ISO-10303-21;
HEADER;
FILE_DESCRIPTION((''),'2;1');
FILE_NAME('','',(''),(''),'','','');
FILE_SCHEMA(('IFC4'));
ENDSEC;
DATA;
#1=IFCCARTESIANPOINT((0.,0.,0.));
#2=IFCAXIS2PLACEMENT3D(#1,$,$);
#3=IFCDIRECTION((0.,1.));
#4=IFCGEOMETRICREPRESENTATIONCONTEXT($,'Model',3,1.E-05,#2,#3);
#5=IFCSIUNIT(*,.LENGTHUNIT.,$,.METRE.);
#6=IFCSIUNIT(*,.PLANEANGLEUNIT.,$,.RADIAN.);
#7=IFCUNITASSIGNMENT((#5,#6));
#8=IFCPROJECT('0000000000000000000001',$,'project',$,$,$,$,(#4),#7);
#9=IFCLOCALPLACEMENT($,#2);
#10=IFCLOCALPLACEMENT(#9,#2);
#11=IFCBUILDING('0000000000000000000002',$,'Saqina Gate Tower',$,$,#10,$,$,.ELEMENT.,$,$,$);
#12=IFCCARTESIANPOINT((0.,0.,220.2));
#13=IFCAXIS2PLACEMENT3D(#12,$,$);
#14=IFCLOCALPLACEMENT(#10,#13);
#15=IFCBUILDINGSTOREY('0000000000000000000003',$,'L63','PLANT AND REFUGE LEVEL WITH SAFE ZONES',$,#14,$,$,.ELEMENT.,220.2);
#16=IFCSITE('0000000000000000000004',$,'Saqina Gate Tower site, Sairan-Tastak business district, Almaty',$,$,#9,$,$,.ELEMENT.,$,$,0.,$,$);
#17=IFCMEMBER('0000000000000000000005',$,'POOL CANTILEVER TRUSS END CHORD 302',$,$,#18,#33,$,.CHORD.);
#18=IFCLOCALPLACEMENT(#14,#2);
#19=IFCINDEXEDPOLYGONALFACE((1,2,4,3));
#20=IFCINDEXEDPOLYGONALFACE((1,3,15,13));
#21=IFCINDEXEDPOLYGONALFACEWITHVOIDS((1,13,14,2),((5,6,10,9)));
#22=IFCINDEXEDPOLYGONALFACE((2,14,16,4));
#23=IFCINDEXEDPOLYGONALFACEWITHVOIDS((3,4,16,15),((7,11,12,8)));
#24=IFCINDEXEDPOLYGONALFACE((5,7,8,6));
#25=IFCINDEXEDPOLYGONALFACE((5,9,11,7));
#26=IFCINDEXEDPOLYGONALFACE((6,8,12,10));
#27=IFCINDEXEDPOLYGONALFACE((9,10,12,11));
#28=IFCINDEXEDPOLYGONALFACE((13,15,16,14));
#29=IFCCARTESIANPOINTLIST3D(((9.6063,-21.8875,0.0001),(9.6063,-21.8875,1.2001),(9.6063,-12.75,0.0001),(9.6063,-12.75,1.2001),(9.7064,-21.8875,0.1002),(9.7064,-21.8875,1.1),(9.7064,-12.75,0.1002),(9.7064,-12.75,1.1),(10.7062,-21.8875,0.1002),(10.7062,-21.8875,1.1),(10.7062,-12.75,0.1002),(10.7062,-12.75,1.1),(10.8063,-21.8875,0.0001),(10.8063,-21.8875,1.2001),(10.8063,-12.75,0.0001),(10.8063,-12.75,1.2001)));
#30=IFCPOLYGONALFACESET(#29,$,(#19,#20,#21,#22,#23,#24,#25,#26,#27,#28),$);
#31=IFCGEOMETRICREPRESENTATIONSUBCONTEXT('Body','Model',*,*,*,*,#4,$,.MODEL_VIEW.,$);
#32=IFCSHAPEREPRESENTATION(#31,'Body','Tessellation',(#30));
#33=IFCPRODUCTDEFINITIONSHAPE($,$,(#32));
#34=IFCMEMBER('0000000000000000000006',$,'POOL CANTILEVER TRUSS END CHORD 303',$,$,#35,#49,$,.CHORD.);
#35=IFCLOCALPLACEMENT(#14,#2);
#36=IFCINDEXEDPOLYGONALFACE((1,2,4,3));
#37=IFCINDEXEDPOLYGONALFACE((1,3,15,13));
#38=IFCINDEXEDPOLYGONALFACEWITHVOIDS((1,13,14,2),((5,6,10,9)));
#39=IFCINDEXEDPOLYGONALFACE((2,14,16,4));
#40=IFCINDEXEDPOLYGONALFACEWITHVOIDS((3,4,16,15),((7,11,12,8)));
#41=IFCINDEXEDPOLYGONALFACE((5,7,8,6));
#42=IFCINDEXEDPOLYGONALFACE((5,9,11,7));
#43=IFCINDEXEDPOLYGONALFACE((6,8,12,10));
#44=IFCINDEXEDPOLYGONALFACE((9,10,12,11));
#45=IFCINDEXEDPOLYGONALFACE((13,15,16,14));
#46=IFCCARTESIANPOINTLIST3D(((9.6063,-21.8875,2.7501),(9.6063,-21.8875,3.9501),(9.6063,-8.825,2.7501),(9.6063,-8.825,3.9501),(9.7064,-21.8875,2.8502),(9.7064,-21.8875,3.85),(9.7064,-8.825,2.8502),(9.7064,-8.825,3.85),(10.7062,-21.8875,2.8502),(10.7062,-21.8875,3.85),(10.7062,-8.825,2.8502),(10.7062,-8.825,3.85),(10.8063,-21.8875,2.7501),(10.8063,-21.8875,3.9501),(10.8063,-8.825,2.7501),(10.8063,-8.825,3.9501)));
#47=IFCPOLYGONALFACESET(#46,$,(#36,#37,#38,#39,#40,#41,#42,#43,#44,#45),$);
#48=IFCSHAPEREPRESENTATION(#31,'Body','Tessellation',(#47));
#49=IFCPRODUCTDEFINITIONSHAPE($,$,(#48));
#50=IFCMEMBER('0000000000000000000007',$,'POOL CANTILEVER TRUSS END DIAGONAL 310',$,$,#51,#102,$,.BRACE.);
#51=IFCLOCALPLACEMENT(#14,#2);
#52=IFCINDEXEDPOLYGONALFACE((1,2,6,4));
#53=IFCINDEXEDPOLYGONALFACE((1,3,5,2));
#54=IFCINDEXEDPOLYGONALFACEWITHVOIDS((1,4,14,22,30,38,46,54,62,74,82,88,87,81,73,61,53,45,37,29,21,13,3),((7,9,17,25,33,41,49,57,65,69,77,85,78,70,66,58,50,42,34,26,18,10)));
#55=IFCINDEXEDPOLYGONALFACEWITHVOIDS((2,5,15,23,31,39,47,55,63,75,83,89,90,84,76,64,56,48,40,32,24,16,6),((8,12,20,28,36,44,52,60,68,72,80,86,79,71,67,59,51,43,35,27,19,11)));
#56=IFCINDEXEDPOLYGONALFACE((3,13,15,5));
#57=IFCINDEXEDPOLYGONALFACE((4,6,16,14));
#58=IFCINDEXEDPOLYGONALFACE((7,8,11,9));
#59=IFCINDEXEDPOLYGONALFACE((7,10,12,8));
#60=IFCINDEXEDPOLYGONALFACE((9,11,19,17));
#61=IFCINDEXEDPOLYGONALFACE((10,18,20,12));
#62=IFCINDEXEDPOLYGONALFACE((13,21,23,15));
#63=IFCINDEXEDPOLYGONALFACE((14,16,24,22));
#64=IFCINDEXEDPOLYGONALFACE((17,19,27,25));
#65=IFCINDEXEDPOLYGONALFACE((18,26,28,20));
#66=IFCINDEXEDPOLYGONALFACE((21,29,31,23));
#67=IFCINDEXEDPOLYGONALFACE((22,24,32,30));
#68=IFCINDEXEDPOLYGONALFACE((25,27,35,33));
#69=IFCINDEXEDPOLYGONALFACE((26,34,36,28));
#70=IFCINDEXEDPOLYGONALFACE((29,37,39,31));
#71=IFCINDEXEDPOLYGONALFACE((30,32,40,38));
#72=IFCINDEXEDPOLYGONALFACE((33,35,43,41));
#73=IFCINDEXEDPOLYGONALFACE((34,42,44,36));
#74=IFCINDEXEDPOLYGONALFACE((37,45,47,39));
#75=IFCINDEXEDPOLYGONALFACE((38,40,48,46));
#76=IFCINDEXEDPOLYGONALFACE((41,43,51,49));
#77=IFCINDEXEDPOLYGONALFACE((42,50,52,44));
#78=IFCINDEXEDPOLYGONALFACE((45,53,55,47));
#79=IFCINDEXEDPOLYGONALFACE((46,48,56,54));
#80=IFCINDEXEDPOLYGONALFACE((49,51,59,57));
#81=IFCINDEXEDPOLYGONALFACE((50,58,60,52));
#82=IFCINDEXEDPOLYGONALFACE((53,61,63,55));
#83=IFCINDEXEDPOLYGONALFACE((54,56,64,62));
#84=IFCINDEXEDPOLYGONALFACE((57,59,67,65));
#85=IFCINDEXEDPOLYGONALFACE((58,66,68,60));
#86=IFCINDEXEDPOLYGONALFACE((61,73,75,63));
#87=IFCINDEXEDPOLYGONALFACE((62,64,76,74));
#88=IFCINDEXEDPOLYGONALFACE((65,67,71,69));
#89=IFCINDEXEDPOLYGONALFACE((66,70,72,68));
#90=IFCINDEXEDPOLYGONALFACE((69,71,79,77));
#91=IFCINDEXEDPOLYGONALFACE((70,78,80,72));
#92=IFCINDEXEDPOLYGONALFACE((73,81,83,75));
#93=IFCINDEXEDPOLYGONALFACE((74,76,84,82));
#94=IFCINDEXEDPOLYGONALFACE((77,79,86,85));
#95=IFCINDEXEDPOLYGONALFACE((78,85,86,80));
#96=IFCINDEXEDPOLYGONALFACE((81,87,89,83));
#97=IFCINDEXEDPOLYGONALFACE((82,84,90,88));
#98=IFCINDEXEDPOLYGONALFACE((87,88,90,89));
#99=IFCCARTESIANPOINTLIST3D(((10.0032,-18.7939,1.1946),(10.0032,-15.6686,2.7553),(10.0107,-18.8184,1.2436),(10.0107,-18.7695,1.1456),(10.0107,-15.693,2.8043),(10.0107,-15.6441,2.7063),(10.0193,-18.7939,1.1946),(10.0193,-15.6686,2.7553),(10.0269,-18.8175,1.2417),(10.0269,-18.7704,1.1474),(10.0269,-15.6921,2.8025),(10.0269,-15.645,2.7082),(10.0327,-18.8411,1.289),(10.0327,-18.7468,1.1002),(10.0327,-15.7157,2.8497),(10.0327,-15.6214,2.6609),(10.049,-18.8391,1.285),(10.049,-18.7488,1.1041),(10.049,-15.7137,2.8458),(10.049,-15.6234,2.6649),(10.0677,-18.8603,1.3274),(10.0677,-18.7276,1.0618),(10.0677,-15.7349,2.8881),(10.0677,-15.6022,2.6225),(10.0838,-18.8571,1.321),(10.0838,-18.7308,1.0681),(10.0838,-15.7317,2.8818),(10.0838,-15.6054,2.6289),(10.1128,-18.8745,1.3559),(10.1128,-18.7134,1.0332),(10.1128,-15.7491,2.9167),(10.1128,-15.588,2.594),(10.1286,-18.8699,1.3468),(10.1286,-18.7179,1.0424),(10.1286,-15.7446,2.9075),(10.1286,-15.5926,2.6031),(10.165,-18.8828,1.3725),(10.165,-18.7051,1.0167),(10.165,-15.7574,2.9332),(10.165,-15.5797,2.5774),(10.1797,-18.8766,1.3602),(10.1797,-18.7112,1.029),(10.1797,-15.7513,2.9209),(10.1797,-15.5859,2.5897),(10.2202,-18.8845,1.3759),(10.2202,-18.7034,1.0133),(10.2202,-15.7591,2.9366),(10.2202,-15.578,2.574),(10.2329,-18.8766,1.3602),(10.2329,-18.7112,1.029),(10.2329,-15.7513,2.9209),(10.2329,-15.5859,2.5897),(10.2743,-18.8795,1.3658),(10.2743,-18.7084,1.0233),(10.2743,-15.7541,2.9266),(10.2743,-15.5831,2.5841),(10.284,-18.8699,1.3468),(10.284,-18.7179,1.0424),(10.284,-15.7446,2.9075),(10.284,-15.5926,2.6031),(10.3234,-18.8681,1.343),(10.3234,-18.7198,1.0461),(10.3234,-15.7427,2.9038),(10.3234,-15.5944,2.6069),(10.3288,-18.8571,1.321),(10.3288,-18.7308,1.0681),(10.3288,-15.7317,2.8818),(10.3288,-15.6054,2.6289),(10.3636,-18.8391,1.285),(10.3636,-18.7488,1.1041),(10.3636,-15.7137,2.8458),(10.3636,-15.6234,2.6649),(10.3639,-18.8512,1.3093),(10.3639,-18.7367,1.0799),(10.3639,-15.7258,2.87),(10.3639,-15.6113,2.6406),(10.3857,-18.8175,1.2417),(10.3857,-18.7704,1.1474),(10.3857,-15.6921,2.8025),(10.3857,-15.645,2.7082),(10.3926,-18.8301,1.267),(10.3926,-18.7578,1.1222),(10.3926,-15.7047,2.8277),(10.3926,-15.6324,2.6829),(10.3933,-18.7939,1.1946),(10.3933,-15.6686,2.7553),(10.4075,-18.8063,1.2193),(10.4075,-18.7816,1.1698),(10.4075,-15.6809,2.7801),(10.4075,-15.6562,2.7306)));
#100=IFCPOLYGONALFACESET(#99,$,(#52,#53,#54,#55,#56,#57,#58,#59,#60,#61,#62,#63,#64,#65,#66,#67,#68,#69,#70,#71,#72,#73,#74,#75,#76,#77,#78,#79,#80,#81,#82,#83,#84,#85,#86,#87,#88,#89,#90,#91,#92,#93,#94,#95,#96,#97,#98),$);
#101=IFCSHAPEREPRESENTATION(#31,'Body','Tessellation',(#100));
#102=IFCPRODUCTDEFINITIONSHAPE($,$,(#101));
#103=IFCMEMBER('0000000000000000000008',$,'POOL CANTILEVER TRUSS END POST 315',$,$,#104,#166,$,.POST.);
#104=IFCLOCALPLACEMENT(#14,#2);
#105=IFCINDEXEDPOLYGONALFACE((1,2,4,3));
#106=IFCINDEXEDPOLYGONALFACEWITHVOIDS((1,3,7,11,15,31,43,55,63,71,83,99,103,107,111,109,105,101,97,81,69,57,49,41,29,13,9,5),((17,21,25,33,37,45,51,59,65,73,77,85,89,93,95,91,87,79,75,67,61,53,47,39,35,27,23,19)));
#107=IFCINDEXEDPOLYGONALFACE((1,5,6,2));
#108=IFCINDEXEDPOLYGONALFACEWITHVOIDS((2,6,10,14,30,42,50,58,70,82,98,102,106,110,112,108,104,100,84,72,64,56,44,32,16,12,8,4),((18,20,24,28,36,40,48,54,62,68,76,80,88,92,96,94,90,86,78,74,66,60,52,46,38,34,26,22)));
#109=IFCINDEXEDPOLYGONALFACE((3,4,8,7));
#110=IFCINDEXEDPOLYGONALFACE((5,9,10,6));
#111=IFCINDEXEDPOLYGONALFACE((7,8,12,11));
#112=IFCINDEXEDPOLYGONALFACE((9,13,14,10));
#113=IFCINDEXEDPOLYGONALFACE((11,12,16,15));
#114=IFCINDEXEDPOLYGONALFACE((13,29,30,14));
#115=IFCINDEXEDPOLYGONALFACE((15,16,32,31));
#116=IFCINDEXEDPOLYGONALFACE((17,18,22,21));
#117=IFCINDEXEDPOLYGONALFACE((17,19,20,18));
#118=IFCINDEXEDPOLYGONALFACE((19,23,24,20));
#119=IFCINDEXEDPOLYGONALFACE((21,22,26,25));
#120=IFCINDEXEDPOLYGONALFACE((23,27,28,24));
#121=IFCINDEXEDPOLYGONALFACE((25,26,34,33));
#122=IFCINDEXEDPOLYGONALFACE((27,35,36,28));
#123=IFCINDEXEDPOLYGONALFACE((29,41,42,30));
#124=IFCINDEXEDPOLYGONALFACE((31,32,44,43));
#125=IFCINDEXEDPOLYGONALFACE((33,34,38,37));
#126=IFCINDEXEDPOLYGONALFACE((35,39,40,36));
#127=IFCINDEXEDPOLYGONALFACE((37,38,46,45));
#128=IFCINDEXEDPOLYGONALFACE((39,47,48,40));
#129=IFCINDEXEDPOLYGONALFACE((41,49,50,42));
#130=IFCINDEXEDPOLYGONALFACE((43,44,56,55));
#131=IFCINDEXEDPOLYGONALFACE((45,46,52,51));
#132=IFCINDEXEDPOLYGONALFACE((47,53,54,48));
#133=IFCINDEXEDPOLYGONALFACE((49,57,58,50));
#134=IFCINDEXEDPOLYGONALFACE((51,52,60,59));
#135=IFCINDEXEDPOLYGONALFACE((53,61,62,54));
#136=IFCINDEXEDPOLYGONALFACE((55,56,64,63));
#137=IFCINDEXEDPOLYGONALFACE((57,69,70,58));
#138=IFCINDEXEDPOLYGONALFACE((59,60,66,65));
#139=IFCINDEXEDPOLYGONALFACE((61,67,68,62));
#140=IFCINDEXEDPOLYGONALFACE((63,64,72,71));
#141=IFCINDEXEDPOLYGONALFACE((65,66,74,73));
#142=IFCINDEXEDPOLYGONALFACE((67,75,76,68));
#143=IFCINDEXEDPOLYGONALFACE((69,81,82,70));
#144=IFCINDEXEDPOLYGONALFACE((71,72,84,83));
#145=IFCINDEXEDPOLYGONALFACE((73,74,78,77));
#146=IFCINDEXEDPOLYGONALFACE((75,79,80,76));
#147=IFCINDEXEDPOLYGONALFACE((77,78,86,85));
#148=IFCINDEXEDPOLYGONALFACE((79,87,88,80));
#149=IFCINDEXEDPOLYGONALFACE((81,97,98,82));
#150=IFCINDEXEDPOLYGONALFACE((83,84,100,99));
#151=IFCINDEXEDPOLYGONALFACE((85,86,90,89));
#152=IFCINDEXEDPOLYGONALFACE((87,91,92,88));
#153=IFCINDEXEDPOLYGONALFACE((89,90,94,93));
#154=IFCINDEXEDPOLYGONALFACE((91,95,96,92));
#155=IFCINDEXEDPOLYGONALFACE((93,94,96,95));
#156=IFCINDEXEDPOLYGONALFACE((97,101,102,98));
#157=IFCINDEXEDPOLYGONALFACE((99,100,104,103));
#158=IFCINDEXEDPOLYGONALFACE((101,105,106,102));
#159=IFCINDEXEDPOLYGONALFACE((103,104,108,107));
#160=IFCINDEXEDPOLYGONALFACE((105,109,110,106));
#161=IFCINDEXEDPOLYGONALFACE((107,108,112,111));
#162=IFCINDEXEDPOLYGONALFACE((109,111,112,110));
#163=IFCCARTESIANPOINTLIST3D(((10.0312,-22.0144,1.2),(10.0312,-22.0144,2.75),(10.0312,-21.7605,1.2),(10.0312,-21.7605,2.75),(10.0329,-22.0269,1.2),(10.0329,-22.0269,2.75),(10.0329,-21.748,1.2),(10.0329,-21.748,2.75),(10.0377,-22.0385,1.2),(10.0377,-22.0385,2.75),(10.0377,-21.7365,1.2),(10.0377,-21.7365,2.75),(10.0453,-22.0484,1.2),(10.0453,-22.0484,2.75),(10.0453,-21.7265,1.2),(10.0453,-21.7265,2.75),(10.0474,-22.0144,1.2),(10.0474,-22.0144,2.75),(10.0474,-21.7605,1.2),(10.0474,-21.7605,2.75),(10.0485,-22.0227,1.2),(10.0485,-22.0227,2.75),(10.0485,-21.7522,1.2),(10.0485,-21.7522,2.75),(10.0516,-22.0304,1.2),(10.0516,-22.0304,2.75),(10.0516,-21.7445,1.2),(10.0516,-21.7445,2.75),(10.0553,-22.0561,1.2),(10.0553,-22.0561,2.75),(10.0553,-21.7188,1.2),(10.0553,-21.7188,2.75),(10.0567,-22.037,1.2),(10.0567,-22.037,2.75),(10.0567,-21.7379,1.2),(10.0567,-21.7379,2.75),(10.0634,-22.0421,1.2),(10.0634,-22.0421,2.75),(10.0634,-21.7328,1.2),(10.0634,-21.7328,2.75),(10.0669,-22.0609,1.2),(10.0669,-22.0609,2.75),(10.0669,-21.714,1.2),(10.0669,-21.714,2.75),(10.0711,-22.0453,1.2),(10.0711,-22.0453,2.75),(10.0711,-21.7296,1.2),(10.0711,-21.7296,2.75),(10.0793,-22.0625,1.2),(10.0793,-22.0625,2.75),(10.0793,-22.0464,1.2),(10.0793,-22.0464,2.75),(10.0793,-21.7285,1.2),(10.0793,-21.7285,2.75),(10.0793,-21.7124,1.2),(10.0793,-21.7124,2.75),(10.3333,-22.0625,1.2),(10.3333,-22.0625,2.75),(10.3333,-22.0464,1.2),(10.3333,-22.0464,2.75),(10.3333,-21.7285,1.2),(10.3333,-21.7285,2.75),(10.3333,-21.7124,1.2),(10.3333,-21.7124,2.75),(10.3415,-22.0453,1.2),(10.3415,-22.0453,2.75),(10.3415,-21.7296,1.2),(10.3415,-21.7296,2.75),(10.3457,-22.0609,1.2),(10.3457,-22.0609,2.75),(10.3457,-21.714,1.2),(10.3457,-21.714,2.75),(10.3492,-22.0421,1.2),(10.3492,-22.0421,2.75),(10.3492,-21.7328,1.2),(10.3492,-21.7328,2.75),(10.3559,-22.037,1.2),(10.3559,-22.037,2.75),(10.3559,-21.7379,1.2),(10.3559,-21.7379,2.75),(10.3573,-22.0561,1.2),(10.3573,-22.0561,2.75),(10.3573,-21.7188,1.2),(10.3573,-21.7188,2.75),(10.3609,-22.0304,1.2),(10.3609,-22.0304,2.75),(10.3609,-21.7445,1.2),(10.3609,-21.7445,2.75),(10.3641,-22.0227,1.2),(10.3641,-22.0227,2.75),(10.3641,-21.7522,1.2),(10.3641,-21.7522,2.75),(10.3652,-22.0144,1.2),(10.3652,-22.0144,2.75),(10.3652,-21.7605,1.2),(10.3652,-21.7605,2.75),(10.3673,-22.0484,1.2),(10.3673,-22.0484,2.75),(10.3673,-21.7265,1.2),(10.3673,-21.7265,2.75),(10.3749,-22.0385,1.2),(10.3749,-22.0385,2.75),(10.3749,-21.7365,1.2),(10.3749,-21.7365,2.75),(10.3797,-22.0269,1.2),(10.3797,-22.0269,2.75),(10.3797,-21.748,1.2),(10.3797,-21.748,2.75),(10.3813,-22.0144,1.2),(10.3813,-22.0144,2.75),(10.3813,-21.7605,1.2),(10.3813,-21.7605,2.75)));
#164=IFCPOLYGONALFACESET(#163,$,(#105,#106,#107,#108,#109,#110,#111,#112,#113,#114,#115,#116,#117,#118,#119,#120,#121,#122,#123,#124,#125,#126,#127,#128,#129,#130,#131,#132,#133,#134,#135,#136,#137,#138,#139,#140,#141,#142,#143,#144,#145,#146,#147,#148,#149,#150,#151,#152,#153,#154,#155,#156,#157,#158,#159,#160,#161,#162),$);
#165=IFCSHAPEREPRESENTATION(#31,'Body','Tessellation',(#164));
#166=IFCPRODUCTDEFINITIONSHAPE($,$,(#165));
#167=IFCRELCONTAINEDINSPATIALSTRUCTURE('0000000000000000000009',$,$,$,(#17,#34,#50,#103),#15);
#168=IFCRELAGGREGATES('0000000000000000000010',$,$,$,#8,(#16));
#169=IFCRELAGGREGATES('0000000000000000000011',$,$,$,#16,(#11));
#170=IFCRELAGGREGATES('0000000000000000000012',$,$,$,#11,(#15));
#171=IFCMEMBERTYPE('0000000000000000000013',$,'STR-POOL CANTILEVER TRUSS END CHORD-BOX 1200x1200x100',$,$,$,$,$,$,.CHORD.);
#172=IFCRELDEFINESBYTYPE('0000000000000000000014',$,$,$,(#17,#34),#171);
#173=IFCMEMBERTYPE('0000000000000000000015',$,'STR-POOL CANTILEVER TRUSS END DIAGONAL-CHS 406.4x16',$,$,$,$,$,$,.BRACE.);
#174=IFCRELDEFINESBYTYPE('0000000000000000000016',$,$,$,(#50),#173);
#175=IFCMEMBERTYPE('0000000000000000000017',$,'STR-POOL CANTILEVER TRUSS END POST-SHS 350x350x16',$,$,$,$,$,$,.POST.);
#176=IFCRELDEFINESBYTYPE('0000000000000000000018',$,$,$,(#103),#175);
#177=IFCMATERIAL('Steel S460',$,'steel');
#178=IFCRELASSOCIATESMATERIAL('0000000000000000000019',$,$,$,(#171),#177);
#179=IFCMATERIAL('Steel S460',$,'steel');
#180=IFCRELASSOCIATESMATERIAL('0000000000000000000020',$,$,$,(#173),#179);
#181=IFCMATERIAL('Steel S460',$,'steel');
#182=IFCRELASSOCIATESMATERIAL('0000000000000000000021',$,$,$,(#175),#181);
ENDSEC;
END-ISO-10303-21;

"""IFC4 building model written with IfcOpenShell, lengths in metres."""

from ifc_helpers import new_model, si_unit, direction, frame, origin, origin_2d, place, context, subcontext, project, spatial, hollow_rectangle, hollow_circle, extrude, material, material_profile, profile_set, type_object, element, save


model = new_model("IFC4")

# Units and contexts
model_context = context("Model", 3, precision=1e-05, world=origin(), true_north=direction((0.0, 1.0)))
body_context = subcontext(model_context, "Body", "Model", "MODEL_VIEW")
ifc_project = project(units=[si_unit("LENGTHUNIT", "METRE"), si_unit("PLANEANGLEUNIT", "RADIAN")], contexts=[model_context])

# Site, building, storey
site_placement = place(None, origin())
site = spatial("IfcSite", under=ifc_project, at=site_placement, Name="Saqina Gate Tower site, Sairan-Tastak business district, Almaty", CompositionType="ELEMENT", RefElevation=0.0)
building_placement = place(site_placement, origin())
building = spatial("IfcBuilding", under=site, at=building_placement, Name="Saqina Gate Tower", CompositionType="ELEMENT")
storey_placement = place(building_placement, frame((0.0, 0.0, 220.2)))
storey = spatial("IfcBuildingStorey", under=building, at=storey_placement, Name="L63", Description="PLANT AND REFUGE LEVEL WITH SAFE ZONES", CompositionType="ELEMENT", Elevation=220.2)

# Members
ifc_material_1 = material(Name="Steel S460", Category="steel")
ifc_material_profile_1 = material_profile(ifc_material_1, hollow_rectangle(XDim=1.2, YDim=1.2, WallThickness=0.1001, at=origin_2d()), Name="BOX 1200x1200x100")
ifc_profile_set_1 = profile_set([ifc_material_profile_1], Name="Steel S460")
member_type_1 = type_object("IfcMemberType", Name="STR-POOL CANTILEVER TRUSS END CHORD-BOX 1200x1200x100", PredefinedType="CHORD", material=ifc_profile_set_1)
member_1_placement = place(storey_placement, frame((10.2063, -21.8875, 0.6001), z_axis=(0.0, 1.0, 0.0), x_axis=(-1.0, 0.0, 0.0)))
element("IfcMember", 1, at=member_1_placement, inside=storey, type_object=member_type_1, Name="POOL CANTILEVER TRUSS END CHORD 302", PredefinedType="CHORD", context=body_context, shape_type="SweptSolid", body=[
    extrude(hollow_rectangle(XDim=1.2, YDim=1.2, WallThickness=0.1001, at=origin_2d()), origin(), (0.0, 0.0, 1.0), 9.1375),
])
member_2_placement = place(storey_placement, frame((10.2063, -21.8875, 3.3501), z_axis=(0.0, 1.0, 0.0), x_axis=(-1.0, 0.0, 0.0)))
element("IfcMember", 2, at=member_2_placement, inside=storey, type_object=member_type_1, Name="POOL CANTILEVER TRUSS END CHORD 303", PredefinedType="CHORD", context=body_context, shape_type="SweptSolid", body=[
    extrude(hollow_rectangle(XDim=1.2, YDim=1.2, WallThickness=0.1001, at=origin_2d()), origin(), (0.0, 0.0, 1.0), 13.0625),
])
ifc_material_2 = material(Name="Steel S460", Category="steel")
ifc_material_profile_2 = material_profile(ifc_material_2, hollow_circle(Radius=0.2031, WallThickness=0.0161, at=origin_2d()), Name="CHS 406.4x16")
ifc_profile_set_2 = profile_set([ifc_material_profile_2], Name="Steel S460")
member_type_2 = type_object("IfcMemberType", Name="STR-POOL CANTILEVER TRUSS END DIAGONAL-CHS 406.4x16", PredefinedType="BRACE", material=ifc_profile_set_2)
member_3_placement = place(storey_placement, frame((10.2063, -18.7939, 1.1946), z_axis=(0.0, 0.894651, 0.446766), x_axis=(-1.0, 0.0, 0.0)))
element("IfcMember", 3, at=member_3_placement, inside=storey, type_object=member_type_2, Name="POOL CANTILEVER TRUSS END DIAGONAL 310", PredefinedType="BRACE", context=body_context, shape_type="SweptSolid", body=[
    extrude(hollow_circle(Radius=0.2031, WallThickness=0.0161, at=origin_2d()), origin(), (0.0, 0.0, 1.0), 3.4934),
])
ifc_material_3 = material(Name="Steel S460", Category="steel")
ifc_material_profile_3 = material_profile(ifc_material_3, hollow_rectangle(XDim=0.3501, YDim=0.3501, WallThickness=0.0161, InnerFilletRadius=0.032, OuterFilletRadius=0.0481, at=origin_2d()), Name="SHS 350x350x16")
ifc_profile_set_3 = profile_set([ifc_material_profile_3], Name="Steel S460")
member_type_3 = type_object("IfcMemberType", Name="STR-POOL CANTILEVER TRUSS END POST-SHS 350x350x16", PredefinedType="POST", material=ifc_profile_set_3)
member_4_placement = place(storey_placement, frame((10.2063, -21.8875, 1.2), z_axis=(0.0, 0.0, 1.0), x_axis=(1.0, 0.0, 0.0)))
element("IfcMember", 4, at=member_4_placement, inside=storey, type_object=member_type_3, Name="POOL CANTILEVER TRUSS END POST 315", PredefinedType="POST", context=body_context, shape_type="SweptSolid", body=[
    extrude(hollow_rectangle(XDim=0.3501, YDim=0.3501, WallThickness=0.0161, InnerFilletRadius=0.032, OuterFilletRadius=0.0481, at=origin_2d()), origin(), (0.0, 0.0, 1.0), 1.55),
])

save(model, "model.ifc")
